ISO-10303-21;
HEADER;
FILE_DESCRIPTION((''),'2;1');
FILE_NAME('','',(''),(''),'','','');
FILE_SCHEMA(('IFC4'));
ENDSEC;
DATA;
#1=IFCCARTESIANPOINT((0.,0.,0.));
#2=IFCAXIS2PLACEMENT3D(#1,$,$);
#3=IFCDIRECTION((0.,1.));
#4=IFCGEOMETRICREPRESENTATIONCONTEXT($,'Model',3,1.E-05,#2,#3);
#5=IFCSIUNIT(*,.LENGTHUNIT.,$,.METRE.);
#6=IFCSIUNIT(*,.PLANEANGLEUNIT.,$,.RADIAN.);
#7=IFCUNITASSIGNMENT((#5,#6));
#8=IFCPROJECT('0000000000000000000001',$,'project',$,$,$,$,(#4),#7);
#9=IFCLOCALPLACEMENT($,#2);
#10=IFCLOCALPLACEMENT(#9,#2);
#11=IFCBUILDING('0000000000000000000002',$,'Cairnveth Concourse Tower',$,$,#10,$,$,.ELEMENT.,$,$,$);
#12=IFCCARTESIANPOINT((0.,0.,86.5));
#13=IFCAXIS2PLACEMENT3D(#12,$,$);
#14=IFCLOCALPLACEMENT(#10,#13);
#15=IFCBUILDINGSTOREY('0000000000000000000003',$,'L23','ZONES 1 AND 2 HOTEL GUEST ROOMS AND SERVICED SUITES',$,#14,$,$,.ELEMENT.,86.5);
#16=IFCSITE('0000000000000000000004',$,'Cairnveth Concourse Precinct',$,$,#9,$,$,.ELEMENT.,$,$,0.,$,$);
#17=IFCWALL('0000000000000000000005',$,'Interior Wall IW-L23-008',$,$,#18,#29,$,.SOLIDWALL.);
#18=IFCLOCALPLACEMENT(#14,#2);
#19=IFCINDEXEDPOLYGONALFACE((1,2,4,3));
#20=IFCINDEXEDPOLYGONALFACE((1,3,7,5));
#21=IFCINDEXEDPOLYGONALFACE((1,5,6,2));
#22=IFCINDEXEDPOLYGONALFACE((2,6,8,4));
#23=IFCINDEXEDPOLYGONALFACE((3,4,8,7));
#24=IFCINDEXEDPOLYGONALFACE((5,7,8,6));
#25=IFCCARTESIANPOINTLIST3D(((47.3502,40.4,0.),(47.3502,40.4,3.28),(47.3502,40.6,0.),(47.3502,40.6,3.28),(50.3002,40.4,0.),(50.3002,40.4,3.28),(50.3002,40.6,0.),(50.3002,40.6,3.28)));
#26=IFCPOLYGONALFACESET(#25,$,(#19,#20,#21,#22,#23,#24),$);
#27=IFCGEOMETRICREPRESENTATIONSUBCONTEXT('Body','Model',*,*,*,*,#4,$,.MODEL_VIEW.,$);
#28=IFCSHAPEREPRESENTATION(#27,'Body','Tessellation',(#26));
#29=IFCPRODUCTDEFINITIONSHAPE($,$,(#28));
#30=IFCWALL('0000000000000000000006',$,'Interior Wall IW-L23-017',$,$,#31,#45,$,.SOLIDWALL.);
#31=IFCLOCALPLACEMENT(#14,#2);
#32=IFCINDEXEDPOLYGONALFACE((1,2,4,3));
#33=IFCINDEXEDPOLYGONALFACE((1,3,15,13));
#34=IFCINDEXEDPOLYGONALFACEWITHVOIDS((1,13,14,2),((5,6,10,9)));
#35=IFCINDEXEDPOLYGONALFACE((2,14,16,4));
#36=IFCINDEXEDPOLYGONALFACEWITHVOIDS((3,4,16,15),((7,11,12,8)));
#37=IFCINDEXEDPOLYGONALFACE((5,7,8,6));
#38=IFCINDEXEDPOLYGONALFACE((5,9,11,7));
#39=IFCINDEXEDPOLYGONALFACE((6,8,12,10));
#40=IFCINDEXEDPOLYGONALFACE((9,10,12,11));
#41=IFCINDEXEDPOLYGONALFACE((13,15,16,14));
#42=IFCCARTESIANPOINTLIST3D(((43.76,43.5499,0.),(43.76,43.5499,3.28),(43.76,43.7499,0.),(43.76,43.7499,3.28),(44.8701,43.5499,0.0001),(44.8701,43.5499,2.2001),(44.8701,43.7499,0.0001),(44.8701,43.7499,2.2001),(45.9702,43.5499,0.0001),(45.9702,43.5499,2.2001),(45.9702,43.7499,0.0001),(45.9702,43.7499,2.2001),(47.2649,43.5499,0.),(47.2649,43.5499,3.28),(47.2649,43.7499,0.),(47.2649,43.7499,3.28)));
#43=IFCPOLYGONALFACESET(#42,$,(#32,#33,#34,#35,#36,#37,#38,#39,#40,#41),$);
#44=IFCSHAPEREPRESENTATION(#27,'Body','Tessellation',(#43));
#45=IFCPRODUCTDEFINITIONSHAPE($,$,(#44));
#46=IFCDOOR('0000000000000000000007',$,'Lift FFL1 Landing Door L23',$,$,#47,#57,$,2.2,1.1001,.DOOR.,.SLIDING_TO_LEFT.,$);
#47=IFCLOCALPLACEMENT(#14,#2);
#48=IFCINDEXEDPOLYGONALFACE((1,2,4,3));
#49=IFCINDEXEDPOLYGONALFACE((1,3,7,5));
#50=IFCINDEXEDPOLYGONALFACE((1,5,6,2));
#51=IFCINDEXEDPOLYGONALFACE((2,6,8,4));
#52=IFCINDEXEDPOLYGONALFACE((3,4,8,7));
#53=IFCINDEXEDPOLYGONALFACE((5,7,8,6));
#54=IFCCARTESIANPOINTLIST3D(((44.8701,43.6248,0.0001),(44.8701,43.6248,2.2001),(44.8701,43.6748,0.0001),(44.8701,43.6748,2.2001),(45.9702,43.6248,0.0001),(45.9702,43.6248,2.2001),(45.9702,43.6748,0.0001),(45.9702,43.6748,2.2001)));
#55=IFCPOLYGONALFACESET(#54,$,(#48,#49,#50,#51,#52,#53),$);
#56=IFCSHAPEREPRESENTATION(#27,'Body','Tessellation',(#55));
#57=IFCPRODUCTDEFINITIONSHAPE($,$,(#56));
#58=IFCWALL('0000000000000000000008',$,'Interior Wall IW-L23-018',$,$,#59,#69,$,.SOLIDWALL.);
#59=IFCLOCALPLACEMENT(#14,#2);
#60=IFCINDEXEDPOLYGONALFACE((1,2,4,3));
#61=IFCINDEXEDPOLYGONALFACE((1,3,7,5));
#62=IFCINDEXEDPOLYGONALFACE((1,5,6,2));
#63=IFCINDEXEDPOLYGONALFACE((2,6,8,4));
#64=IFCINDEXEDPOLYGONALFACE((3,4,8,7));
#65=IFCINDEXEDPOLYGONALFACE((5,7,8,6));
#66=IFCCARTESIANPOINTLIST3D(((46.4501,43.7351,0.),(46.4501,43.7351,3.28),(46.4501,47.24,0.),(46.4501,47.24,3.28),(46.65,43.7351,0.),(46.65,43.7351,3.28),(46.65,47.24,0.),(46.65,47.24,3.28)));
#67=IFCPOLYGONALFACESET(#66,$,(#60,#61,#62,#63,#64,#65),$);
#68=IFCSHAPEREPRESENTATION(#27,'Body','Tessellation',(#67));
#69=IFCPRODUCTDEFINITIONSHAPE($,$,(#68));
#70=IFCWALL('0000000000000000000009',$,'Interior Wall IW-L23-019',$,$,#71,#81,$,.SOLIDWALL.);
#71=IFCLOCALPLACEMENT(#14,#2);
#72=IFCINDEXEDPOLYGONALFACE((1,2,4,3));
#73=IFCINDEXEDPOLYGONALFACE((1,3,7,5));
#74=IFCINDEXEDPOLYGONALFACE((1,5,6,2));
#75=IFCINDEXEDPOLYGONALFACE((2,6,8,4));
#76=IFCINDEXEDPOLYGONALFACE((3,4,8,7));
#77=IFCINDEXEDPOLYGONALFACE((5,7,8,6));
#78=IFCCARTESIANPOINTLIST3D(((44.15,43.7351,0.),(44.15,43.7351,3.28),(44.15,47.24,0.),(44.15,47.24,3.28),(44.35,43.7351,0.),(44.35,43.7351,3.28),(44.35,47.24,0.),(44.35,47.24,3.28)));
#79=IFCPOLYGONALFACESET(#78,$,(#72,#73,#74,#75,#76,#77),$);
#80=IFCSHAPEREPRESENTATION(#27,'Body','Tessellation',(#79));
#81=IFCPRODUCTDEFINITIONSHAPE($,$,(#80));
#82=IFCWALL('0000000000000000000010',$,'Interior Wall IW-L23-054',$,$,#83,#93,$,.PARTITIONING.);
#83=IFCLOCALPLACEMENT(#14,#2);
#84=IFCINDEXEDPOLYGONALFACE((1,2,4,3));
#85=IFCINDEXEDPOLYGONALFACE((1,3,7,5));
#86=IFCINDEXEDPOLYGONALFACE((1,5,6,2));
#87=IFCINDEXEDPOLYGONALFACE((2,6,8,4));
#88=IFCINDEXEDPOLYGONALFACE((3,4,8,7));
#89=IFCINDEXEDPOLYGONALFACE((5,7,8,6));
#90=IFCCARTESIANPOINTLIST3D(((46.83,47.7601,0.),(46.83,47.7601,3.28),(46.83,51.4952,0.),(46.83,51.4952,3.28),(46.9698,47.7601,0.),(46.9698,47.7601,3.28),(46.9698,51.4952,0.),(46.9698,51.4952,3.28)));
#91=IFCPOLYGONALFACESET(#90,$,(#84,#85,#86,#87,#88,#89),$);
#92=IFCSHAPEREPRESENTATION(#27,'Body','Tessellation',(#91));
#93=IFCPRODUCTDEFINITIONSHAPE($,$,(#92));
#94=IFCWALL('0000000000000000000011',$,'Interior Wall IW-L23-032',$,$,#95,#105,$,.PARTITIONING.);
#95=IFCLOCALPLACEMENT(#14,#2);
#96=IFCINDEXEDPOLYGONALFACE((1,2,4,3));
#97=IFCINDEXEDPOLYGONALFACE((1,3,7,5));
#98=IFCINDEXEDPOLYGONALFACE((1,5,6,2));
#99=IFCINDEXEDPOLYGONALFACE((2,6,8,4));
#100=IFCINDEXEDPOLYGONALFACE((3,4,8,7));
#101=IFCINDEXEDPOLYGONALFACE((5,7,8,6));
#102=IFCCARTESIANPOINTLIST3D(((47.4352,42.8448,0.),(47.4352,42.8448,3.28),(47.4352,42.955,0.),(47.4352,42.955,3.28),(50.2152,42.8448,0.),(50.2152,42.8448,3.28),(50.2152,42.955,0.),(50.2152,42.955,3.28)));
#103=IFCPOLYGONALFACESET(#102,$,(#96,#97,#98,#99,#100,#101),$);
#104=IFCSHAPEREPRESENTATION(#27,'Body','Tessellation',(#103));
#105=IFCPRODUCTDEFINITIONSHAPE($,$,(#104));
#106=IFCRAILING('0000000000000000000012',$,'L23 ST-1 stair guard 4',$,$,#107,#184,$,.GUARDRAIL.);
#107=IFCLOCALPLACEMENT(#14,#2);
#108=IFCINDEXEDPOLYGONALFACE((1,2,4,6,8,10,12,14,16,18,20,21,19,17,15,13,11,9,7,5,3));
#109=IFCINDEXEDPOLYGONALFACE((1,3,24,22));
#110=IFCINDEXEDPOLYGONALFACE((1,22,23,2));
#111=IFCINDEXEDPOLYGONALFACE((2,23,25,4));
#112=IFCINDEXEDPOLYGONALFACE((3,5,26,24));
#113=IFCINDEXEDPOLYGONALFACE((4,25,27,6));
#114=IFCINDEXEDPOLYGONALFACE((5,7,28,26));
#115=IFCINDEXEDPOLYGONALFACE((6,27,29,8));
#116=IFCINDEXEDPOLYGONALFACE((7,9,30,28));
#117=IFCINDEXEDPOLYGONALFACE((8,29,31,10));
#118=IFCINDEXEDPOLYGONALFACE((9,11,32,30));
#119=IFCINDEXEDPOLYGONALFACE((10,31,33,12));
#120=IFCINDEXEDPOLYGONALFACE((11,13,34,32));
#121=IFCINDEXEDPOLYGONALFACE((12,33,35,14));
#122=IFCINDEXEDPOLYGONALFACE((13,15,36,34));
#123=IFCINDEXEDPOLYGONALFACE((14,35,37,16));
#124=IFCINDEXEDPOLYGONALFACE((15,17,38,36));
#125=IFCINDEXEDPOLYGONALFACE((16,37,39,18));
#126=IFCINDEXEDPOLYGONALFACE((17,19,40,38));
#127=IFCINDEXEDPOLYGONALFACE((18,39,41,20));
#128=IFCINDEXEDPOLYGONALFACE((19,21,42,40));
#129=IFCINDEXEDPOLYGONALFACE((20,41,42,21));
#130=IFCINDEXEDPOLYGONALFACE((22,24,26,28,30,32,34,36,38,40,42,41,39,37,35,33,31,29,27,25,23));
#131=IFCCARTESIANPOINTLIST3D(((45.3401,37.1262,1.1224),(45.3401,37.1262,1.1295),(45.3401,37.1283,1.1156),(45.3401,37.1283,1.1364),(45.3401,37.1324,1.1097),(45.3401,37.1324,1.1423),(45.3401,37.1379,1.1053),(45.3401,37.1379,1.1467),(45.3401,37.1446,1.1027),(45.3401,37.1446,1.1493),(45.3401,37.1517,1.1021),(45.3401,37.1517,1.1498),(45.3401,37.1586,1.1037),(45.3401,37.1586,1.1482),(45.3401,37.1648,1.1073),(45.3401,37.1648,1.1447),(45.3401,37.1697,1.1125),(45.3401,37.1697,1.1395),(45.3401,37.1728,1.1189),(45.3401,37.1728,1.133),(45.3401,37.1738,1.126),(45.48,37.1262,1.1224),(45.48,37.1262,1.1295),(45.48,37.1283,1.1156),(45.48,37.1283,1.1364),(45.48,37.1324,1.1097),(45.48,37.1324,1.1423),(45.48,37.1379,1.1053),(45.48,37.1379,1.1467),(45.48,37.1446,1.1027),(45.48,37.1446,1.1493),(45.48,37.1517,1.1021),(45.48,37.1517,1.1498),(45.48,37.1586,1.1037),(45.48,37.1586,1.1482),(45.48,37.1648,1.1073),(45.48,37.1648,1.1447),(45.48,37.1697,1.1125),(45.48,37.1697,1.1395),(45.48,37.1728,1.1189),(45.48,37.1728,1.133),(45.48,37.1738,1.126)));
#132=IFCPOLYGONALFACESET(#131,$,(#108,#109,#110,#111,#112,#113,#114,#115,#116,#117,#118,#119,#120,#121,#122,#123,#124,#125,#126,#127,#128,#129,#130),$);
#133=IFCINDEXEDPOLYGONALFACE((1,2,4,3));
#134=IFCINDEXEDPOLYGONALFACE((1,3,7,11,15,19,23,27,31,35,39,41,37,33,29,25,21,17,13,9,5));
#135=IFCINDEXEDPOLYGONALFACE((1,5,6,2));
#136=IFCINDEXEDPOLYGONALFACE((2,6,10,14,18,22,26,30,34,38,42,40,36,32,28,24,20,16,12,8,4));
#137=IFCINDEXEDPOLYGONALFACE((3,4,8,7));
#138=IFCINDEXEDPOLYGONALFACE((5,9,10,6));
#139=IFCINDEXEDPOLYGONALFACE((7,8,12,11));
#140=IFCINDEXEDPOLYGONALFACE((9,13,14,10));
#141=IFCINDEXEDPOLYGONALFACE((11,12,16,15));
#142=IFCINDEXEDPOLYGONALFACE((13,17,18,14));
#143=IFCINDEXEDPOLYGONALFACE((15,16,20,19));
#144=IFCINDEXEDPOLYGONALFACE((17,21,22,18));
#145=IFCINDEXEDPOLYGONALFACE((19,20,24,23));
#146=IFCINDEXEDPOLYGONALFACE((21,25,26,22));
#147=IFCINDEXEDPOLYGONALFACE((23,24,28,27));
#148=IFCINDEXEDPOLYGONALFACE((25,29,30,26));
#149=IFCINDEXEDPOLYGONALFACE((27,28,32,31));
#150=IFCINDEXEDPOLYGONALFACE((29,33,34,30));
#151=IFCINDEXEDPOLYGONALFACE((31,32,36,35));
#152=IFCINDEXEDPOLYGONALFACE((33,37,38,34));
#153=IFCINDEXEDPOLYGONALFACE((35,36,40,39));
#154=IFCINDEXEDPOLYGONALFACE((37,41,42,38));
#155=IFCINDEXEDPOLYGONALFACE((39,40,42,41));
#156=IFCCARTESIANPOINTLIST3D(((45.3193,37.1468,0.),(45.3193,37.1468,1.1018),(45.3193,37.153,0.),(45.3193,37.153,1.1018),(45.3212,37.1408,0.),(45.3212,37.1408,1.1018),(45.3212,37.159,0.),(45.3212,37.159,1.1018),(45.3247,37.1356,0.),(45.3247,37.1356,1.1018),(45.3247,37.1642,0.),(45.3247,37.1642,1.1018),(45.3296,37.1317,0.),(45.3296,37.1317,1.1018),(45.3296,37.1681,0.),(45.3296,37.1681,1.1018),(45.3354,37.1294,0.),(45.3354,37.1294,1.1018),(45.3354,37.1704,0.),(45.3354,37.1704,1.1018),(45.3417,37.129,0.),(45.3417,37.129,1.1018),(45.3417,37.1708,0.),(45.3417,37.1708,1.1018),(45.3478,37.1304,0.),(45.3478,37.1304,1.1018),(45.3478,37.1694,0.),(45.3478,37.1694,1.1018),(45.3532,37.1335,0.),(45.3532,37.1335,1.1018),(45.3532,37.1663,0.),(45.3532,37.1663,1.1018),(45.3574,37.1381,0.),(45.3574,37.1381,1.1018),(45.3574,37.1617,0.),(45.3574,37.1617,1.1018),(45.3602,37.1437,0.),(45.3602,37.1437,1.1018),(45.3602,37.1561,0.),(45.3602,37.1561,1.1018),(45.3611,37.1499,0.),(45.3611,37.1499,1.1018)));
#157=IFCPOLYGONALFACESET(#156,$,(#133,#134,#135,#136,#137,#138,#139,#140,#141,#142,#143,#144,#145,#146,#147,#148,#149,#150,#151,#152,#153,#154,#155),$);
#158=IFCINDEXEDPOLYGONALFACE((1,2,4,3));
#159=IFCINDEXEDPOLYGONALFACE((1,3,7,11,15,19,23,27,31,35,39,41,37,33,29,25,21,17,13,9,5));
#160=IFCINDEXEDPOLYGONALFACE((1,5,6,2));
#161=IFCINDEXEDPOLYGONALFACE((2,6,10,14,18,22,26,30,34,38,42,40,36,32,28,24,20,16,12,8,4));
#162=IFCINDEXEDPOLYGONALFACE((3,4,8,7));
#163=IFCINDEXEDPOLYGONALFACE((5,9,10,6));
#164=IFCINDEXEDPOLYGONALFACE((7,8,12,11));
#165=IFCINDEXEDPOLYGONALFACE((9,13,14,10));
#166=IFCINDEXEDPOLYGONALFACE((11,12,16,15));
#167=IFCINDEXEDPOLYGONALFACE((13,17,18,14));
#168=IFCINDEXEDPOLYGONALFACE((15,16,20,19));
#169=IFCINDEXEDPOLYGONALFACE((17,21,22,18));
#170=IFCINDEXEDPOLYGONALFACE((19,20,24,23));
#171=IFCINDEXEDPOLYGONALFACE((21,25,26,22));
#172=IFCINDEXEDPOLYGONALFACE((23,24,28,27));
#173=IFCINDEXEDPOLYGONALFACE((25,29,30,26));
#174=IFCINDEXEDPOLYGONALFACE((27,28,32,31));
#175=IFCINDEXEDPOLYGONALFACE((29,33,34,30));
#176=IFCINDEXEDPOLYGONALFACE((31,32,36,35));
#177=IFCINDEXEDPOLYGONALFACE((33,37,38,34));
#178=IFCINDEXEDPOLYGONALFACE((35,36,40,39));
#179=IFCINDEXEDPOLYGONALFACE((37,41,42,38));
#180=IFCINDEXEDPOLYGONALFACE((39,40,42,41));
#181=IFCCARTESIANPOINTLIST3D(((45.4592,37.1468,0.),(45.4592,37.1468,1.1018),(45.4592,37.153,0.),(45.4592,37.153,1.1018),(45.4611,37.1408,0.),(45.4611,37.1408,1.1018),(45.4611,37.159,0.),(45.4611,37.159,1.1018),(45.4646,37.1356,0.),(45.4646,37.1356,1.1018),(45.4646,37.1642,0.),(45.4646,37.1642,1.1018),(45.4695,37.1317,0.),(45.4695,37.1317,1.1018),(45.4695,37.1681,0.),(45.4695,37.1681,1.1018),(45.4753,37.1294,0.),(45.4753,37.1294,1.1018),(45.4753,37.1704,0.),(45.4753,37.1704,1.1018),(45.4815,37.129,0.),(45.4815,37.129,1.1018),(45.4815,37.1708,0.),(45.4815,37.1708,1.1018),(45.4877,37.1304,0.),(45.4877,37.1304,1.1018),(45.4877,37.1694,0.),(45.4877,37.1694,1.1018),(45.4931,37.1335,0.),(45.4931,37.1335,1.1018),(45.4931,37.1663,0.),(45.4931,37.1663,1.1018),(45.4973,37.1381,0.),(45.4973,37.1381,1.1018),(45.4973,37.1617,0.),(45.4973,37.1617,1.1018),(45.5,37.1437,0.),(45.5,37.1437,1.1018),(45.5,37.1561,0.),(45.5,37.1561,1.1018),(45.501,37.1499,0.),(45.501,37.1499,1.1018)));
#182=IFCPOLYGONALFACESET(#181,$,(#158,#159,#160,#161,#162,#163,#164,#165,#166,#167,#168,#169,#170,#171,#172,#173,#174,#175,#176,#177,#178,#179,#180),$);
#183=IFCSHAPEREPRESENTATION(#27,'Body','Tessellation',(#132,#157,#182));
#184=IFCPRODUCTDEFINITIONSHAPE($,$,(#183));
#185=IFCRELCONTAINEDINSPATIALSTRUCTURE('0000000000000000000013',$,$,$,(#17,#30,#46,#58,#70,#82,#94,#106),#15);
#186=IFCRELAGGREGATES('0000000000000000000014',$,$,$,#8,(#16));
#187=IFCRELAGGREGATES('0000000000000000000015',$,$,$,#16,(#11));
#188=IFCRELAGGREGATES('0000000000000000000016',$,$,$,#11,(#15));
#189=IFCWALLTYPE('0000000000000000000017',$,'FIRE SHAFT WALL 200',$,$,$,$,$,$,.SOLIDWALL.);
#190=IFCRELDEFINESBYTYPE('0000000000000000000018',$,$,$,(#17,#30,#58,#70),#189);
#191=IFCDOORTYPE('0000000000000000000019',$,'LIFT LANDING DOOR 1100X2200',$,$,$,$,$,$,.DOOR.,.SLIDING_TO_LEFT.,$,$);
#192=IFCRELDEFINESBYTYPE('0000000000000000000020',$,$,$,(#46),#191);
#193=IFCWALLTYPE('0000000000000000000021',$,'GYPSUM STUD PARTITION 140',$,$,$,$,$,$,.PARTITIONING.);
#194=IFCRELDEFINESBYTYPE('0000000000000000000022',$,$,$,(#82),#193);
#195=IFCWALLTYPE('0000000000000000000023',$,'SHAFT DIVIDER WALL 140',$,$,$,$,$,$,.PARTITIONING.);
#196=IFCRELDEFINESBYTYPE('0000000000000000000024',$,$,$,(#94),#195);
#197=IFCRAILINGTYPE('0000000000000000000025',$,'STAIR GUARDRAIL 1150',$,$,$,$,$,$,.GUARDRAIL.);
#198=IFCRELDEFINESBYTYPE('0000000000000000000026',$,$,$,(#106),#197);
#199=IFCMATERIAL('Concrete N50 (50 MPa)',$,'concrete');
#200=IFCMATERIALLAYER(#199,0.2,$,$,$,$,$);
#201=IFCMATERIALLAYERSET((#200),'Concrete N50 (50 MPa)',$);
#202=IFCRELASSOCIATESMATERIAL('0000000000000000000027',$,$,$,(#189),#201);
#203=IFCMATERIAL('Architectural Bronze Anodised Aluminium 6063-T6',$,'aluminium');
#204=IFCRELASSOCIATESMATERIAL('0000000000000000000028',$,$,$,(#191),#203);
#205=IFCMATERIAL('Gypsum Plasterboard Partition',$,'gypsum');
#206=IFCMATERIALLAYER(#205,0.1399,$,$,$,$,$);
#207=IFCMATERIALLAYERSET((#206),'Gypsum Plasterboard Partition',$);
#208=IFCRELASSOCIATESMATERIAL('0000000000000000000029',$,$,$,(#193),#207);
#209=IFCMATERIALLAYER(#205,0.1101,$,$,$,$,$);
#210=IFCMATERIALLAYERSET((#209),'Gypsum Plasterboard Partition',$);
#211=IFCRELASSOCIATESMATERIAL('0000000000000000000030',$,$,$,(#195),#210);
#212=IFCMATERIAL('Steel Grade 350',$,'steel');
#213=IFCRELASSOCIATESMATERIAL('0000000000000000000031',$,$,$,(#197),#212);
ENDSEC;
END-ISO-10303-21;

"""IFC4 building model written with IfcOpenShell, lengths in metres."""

from ifc_helpers import new_model, si_unit, direction, frame, frame_2d, origin, origin_2d, place, context, subcontext, project, spatial, rectangle, circle, extrude, material, layer, layer_set, type_object, element, fill, save


model = new_model("IFC4")

# Units and contexts
model_context = context("Model", 3, precision=1e-05, world=origin(), true_north=direction((0.0, 1.0)))
body_context = subcontext(model_context, "Body", "Model", "MODEL_VIEW")
ifc_project = project(units=[si_unit("LENGTHUNIT", "METRE"), si_unit("PLANEANGLEUNIT", "RADIAN")], contexts=[model_context])

# Site, building, storey
site_placement = place(None, origin())
site = spatial("IfcSite", under=ifc_project, at=site_placement, Name="Cairnveth Concourse Precinct", CompositionType="ELEMENT", RefElevation=0.0)
building_placement = place(site_placement, origin())
building = spatial("IfcBuilding", under=site, at=building_placement, Name="Cairnveth Concourse Tower", CompositionType="ELEMENT")
storey_placement = place(building_placement, frame((0.0, 0.0, 86.5)))
storey = spatial("IfcBuildingStorey", under=building, at=storey_placement, Name="L23", Description="ZONES 1 AND 2 HOTEL GUEST ROOMS AND SERVICED SUITES", CompositionType="ELEMENT", Elevation=86.5)

# Shared definitions
ifc_material_1 = material(Name="Steel Grade 350", Category="steel")

# Shared definitions
ifc_material_2 = material(Name="Concrete N50 (50 MPa)", Category="concrete")

# Wall
ifc_layer_1 = layer(ifc_material_2, 0.2)
ifc_layer_set_1 = layer_set([ifc_layer_1], Name="Concrete N50 (50 MPa)")
wall_type_1 = type_object("IfcWallType", Name="FIRE SHAFT WALL 200", PredefinedType="SOLIDWALL", material=ifc_layer_set_1)
for number, where, z_axis, x_axis, name in (
    (1, (47.3501, 40.5, 0.0), (0.0, 0.0, 1.0), (1.0, 0.0, 0.0), "Interior Wall IW-L23-008"),
):
    element("IfcWall", number, at=place(storey_placement, frame(where, z_axis=z_axis, x_axis=x_axis)), inside=storey, type_object=wall_type_1, Name=name, PredefinedType="SOLIDWALL", context=body_context, shape_type="SweptSolid", body=[
        extrude(rectangle(XDim=2.95, YDim=0.2, at=frame_2d((1.4751, 0.0))), origin(), (0.0, 0.0, 1.0), 3.28),
    ])

# Wall, opening, door
wall_1_placement = place(storey_placement, frame((43.76, 43.6499, 0.0), z_axis=(0.0, 0.0, 1.0), x_axis=(1.0, 0.0, 0.0)))
wall_1 = element("IfcWall", 2, at=wall_1_placement, inside=storey, type_object=wall_type_1, Name="Interior Wall IW-L23-017", PredefinedType="SOLIDWALL", context=body_context, shape_type="SweptSolid", body=[
    extrude(rectangle(XDim=3.5049, YDim=0.2, at=frame_2d((1.7524, 0.0))), origin(), (0.0, 0.0, 1.0), 3.28),
])
opening_1_placement = place(wall_1_placement, frame((1.1101, 0.0, 0.0)))
opening_1 = element("IfcOpeningElement", 3, at=opening_1_placement, cuts=wall_1, PredefinedType="OPENING", context=body_context, shape_type="SweptSolid", body=[
    extrude(rectangle(XDim=1.1001, YDim=2.2, at=frame_2d((0.55, 1.1001))), frame((0.0, 0.1099, 0.0), z_axis=(0.0, -1.0, 0.0), x_axis=(1.0, 0.0, 0.0)), (0.0, 0.0, 1.0), 0.22),
])
ifc_material_3 = material(Name="Architectural Bronze Anodised Aluminium 6063-T6", Category="aluminium")
door_type_1 = type_object("IfcDoorType", Name="LIFT LANDING DOOR 1100X2200", OperationType="SLIDING_TO_LEFT", PredefinedType="DOOR", material=ifc_material_3)
door_1_placement = place(opening_1_placement, origin())
door_1 = element("IfcDoor", 4, at=door_1_placement, inside=storey, type_object=door_type_1, Name="Lift FFL1 Landing Door L23", OperationType="SLIDING_TO_LEFT", OverallHeight=2.2, OverallWidth=1.1001, PredefinedType="DOOR", context=body_context, shape_type="SweptSolid", body=[
    extrude(rectangle(XDim=1.1001, YDim=2.2, at=frame_2d((0.55, 1.1001))), frame((0.0, 0.0249, 0.0), z_axis=(0.0, -1.0, 0.0), x_axis=(1.0, 0.0, 0.0)), (0.0, 0.0, 1.0), 0.05),
])
fill(opening_1, door_1)

# Walls
for number, where, z_axis, x_axis, name in (
    (5, (46.55, 43.7351, 0.0), (0.0, 0.0, 1.0), (0.0, 1.0, 0.0), "Interior Wall IW-L23-018"),
    (6, (44.25, 43.7351, 0.0), (0.0, 0.0, 1.0), (0.0, 1.0, 0.0), "Interior Wall IW-L23-019"),
):
    element("IfcWall", number, at=place(storey_placement, frame(where, z_axis=z_axis, x_axis=x_axis)), inside=storey, type_object=wall_type_1, Name=name, PredefinedType="SOLIDWALL", context=body_context, shape_type="SweptSolid", body=[
        extrude(rectangle(XDim=3.5049, YDim=0.2, at=frame_2d((1.7524, 0.0))), origin(), (0.0, 0.0, 1.0), 3.28),
    ])
ifc_material_4 = material(Name="Gypsum Plasterboard Partition", Category="gypsum")
ifc_layer_2 = layer(ifc_material_4, 0.1399)
ifc_layer_set_2 = layer_set([ifc_layer_2], Name="Gypsum Plasterboard Partition")
wall_type_2 = type_object("IfcWallType", Name="GYPSUM STUD PARTITION 140", PredefinedType="PARTITIONING", material=ifc_layer_set_2)
wall_2_placement = place(storey_placement, frame((46.8999, 47.76, 0.0), z_axis=(0.0, 0.0, 1.0), x_axis=(0.0, 1.0, 0.0)))
element("IfcWall", 7, at=wall_2_placement, inside=storey, type_object=wall_type_2, Name="Interior Wall IW-L23-054", PredefinedType="PARTITIONING", context=body_context, shape_type="SweptSolid", body=[
    extrude(rectangle(XDim=3.7351, YDim=0.1399, at=frame_2d((1.8677, 0.0))), origin(), (0.0, 0.0, 1.0), 3.28),
])
ifc_layer_3 = layer(ifc_material_4, 0.1101)
ifc_layer_set_3 = layer_set([ifc_layer_3], Name="Gypsum Plasterboard Partition")
wall_type_3 = type_object("IfcWallType", Name="SHAFT DIVIDER WALL 140", PredefinedType="PARTITIONING", material=ifc_layer_set_3)
wall_3_placement = place(storey_placement, frame((47.4351, 42.8999, 0.0), z_axis=(0.0, 0.0, 1.0), x_axis=(1.0, 0.0, 0.0)))
element("IfcWall", 8, at=wall_3_placement, inside=storey, type_object=wall_type_3, Name="Interior Wall IW-L23-032", PredefinedType="PARTITIONING", context=body_context, shape_type="SweptSolid", body=[
    extrude(rectangle(XDim=2.78, YDim=0.1101, at=frame_2d((1.3901, 0.0))), origin(), (0.0, 0.0, 1.0), 3.28),
])

# Railing
railing_type = type_object("IfcRailingType", Name="STAIR GUARDRAIL 1150", PredefinedType="GUARDRAIL", material=ifc_material_1)
railing_placement = place(storey_placement, frame((45.3401, 37.1499, 0.0)))
element("IfcRailing", 9, at=railing_placement, inside=storey, type_object=railing_type, Name="L23 ST-1 stair guard 4", PredefinedType="GUARDRAIL", context=body_context, shape_type="SweptSolid", body=[
    extrude(circle(Radius=0.0239, at=origin_2d()), frame((0.0, 0.0, 1.126), z_axis=(1.0, 0.0, 0.0), x_axis=(0.0, 1.0, 0.0)), (0.0, 0.0, 1.0), 0.1399),
    extrude(circle(Radius=0.021, at=origin_2d()), origin(), (0.0, 0.0, 1.0), 1.1018),
    extrude(circle(Radius=0.021, at=origin_2d()), frame((0.1399, 0.0, 0.0)), (0.0, 0.0, 1.0), 1.1018),
])

save(model, "model.ifc")
